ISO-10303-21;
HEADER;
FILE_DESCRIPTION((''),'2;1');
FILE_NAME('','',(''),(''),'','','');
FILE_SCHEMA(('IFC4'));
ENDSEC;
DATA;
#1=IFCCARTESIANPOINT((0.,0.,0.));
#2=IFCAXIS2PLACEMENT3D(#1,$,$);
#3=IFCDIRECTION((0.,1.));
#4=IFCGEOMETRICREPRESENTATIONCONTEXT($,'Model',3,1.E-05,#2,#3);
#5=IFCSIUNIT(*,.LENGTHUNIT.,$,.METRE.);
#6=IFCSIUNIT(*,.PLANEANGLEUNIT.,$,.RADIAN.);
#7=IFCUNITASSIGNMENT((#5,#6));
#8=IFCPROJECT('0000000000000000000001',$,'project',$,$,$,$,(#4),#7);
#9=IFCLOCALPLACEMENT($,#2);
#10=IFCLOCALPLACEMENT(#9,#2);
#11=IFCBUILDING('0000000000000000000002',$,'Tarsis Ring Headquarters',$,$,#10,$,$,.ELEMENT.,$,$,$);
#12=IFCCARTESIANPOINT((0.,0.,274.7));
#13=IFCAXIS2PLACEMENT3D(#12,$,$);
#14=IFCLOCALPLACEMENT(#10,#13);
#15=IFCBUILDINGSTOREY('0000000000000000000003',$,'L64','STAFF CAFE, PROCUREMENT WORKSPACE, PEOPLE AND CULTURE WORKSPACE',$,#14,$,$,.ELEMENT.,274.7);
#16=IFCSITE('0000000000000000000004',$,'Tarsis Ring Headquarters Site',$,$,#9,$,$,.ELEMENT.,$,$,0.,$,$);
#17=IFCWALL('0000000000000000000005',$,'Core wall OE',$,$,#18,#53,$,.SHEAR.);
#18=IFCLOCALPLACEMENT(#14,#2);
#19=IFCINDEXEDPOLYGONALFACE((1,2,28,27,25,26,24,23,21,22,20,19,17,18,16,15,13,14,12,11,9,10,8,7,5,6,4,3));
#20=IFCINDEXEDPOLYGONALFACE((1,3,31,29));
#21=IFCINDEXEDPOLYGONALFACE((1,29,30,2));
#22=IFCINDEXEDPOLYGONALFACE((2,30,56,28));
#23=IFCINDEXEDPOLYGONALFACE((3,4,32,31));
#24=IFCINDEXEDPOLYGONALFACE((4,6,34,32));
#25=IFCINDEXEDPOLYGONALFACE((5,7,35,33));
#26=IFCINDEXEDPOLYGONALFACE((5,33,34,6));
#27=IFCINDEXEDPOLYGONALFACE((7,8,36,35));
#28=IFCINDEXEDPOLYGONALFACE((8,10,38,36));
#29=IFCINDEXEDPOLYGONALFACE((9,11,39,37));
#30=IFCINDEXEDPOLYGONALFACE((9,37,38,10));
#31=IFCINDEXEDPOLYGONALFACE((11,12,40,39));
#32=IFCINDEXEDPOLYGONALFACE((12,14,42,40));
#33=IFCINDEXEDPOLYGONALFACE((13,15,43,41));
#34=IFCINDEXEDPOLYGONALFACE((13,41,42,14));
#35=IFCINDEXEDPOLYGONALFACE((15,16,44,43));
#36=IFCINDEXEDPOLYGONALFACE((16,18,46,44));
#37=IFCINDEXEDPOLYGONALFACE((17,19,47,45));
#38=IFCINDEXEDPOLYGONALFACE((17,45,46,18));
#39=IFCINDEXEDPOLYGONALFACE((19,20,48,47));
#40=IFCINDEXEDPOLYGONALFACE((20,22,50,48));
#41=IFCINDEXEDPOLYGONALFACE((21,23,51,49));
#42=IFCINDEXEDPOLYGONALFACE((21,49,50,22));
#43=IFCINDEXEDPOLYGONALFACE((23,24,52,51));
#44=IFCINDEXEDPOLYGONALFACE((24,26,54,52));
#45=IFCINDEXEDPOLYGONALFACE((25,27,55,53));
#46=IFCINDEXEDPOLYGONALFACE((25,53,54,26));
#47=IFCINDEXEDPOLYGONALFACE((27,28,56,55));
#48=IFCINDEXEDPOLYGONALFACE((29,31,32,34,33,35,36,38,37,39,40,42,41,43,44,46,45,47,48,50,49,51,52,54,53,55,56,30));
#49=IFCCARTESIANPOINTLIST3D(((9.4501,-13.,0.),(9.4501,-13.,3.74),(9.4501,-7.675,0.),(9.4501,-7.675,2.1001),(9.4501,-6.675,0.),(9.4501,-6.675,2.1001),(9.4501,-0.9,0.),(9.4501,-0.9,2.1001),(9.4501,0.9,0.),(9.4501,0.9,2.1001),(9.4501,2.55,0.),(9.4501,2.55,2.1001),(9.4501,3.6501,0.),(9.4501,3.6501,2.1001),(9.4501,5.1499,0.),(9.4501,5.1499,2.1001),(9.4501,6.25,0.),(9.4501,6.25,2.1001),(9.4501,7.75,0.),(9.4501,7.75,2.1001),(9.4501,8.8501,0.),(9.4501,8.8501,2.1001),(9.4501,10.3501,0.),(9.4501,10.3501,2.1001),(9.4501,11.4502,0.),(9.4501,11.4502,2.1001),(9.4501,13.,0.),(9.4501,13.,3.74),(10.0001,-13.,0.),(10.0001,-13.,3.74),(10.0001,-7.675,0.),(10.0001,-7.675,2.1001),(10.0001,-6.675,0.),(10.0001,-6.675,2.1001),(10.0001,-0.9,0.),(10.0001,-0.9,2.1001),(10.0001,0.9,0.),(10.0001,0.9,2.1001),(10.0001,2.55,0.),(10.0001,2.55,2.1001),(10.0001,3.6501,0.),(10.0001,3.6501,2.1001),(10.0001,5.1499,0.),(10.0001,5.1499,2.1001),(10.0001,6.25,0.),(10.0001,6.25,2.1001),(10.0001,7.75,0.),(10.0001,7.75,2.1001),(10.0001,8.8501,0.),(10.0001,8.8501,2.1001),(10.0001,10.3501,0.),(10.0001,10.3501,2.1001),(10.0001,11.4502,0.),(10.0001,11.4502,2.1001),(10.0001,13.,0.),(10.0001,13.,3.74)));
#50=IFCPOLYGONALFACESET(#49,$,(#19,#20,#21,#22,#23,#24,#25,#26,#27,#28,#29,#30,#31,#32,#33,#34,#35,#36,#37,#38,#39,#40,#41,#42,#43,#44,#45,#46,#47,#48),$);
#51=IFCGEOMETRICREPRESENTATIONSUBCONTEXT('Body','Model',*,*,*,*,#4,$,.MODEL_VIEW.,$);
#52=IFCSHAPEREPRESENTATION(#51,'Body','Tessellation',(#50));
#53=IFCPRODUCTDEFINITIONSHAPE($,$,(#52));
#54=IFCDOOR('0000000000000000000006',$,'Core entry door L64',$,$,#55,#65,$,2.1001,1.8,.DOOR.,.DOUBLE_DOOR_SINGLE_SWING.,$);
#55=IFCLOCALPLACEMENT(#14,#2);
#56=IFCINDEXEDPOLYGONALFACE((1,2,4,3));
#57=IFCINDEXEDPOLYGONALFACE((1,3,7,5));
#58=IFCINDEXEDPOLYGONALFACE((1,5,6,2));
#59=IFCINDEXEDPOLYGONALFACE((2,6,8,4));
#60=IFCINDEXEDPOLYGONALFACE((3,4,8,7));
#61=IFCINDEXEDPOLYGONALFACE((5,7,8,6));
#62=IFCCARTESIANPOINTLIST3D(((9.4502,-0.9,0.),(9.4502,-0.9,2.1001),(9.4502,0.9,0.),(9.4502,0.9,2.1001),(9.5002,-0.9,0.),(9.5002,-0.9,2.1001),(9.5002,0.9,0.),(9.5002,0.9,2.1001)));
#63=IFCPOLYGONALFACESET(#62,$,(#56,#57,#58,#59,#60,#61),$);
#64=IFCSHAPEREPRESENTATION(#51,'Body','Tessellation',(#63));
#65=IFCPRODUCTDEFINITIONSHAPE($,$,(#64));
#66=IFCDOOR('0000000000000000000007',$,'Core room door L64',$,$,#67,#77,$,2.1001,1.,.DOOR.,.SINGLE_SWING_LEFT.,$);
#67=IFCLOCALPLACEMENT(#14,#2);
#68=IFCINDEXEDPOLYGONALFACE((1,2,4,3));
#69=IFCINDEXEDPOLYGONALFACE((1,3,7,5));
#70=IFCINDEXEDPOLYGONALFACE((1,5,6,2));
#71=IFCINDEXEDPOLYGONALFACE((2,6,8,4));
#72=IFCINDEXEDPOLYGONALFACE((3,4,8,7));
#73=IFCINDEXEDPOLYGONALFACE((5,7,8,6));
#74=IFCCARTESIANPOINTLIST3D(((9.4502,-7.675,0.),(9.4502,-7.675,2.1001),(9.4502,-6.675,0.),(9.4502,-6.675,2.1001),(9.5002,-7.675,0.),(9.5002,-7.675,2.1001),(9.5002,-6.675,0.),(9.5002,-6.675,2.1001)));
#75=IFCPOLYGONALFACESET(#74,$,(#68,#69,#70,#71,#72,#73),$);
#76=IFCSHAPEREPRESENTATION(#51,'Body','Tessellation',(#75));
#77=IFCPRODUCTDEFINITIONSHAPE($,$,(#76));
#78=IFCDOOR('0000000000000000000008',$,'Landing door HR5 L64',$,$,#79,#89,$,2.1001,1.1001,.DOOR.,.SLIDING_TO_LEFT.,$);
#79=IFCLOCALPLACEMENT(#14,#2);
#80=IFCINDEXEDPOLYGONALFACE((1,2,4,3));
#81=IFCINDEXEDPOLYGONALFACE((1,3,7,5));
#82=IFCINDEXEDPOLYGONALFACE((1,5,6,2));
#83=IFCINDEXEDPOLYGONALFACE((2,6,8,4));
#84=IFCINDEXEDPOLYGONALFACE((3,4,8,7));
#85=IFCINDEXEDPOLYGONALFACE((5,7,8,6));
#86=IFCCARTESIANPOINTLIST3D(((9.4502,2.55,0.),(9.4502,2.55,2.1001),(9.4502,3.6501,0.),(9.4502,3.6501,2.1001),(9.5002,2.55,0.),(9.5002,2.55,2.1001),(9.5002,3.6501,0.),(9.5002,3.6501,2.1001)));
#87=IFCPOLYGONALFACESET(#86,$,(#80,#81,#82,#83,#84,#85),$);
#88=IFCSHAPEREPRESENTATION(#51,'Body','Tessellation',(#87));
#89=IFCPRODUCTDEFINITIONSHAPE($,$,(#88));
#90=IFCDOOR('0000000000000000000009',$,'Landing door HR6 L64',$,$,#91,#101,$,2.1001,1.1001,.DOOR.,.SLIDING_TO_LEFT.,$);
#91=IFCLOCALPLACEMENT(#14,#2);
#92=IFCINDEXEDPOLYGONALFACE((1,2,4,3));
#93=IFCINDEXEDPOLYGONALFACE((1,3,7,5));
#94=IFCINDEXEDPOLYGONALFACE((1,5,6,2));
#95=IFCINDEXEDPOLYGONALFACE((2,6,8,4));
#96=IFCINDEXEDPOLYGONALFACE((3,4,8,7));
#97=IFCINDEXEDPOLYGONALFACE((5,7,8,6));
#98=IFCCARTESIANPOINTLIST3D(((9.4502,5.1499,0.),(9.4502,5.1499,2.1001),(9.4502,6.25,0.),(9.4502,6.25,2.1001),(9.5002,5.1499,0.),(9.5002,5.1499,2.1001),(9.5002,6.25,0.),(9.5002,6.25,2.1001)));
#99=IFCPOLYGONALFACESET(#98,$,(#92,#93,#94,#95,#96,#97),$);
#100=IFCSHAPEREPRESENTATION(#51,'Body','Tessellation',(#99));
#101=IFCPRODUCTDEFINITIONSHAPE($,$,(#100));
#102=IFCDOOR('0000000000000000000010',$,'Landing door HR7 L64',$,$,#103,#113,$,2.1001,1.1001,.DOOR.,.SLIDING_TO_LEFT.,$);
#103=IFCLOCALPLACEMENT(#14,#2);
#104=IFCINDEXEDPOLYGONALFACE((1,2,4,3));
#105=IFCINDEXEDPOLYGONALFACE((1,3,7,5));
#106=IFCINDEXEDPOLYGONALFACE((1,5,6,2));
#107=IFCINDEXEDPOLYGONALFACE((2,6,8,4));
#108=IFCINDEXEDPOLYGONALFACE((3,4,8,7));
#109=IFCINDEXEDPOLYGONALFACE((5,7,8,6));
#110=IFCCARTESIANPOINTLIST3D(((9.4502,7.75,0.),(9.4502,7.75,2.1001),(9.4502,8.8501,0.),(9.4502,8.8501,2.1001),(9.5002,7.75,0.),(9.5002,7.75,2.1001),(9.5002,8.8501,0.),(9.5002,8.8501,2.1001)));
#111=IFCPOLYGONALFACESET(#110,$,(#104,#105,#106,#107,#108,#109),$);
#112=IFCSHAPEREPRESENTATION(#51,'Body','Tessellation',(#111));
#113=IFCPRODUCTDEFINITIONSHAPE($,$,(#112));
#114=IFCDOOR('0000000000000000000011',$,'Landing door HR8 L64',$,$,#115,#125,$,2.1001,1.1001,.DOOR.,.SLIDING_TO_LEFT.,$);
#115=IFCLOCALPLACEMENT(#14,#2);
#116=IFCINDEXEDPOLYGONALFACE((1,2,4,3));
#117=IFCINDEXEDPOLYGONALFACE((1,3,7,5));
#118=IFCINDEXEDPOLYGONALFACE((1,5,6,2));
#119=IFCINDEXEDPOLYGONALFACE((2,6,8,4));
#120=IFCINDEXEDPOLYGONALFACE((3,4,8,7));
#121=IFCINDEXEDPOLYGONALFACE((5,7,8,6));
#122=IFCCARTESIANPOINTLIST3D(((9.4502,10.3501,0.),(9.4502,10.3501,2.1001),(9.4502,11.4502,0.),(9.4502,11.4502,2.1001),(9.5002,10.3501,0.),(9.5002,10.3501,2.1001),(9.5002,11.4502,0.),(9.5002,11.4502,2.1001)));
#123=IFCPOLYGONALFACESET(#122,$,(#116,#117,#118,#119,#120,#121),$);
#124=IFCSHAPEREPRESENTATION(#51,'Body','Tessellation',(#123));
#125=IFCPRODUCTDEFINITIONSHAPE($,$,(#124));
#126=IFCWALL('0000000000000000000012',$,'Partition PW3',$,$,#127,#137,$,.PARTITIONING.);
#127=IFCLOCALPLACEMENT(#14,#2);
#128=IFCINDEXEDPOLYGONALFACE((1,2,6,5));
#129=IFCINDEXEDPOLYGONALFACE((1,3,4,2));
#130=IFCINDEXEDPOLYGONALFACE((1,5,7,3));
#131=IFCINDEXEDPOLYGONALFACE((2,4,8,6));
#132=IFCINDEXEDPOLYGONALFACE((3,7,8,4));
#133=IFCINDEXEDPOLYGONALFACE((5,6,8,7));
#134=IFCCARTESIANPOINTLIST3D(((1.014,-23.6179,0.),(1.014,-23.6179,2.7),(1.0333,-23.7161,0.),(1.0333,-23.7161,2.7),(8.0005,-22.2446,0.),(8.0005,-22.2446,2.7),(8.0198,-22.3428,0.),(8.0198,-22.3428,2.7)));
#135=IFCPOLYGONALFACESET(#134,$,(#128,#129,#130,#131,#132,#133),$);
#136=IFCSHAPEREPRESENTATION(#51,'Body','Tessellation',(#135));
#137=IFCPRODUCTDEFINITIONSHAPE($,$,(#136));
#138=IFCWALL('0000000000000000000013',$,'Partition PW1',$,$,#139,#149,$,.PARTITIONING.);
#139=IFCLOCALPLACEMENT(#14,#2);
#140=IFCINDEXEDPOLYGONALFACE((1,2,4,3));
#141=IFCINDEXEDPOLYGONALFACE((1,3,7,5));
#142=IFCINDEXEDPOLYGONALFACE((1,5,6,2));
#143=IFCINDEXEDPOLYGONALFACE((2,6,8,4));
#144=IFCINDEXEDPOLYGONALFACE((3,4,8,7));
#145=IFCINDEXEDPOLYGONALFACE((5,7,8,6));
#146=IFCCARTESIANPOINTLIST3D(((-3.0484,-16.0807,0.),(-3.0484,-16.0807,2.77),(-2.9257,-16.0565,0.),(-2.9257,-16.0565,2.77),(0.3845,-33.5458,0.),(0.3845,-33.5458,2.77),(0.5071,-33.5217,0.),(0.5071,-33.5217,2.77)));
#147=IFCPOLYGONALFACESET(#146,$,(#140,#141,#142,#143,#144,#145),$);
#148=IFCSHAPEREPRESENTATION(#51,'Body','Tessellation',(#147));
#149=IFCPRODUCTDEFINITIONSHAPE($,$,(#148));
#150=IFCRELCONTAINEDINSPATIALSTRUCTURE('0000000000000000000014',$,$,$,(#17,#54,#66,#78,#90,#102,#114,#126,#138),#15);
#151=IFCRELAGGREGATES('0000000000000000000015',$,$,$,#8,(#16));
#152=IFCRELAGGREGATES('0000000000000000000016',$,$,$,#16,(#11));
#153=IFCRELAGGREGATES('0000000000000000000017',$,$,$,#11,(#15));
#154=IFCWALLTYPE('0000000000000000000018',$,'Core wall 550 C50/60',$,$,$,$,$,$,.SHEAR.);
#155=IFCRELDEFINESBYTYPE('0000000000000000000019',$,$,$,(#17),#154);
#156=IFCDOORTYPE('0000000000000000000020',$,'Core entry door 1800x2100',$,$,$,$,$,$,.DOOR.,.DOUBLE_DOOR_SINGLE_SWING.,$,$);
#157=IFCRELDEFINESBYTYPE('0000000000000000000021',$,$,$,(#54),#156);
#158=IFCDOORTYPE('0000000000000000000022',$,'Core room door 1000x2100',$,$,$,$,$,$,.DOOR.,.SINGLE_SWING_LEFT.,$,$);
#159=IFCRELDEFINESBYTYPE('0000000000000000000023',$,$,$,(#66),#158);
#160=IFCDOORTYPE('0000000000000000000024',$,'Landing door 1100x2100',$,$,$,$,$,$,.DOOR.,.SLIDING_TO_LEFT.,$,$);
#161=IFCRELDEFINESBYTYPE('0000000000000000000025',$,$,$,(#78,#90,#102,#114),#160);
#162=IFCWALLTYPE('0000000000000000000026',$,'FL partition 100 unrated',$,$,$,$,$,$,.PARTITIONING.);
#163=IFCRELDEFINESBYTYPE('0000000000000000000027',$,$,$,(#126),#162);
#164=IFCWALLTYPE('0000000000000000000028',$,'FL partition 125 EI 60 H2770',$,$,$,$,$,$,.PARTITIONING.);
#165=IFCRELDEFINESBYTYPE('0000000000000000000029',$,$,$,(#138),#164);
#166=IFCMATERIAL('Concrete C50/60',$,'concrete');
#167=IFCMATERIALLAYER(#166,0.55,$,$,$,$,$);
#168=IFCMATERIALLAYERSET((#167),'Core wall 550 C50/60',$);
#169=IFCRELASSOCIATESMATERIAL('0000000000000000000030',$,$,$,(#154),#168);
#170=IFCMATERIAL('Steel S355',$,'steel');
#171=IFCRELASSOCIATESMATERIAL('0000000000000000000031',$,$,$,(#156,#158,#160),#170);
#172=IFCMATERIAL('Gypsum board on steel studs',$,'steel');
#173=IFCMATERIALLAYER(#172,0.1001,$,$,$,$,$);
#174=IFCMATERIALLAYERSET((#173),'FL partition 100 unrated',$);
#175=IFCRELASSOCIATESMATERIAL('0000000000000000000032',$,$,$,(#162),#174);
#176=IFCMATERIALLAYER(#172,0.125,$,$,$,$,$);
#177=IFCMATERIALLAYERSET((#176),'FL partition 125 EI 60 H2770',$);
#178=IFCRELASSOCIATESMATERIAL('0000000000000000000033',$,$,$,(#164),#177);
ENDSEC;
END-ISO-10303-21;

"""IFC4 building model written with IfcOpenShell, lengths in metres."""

from ifc_helpers import new_model, si_unit, direction, frame, frame_2d, origin, place, context, subcontext, project, spatial, rectangle, extrude, material, layer, layer_set, type_object, element, fill, save


model = new_model("IFC4")

# Units and contexts
model_context = context("Model", 3, precision=1e-05, world=origin(), true_north=direction((0.0, 1.0)))
body_context = subcontext(model_context, "Body", "Model", "MODEL_VIEW")
ifc_project = project(units=[si_unit("LENGTHUNIT", "METRE"), si_unit("PLANEANGLEUNIT", "RADIAN")], contexts=[model_context])

# Site, building, storey
site_placement = place(None, origin())
site = spatial("IfcSite", under=ifc_project, at=site_placement, Name="Tarsis Ring Headquarters Site", CompositionType="ELEMENT", RefElevation=0.0)
building_placement = place(site_placement, origin())
building = spatial("IfcBuilding", under=site, at=building_placement, Name="Tarsis Ring Headquarters", CompositionType="ELEMENT")
storey_placement = place(building_placement, frame((0.0, 0.0, 274.7)))
storey = spatial("IfcBuildingStorey", under=building, at=storey_placement, Name="L64", Description="STAFF CAFE, PROCUREMENT WORKSPACE, PEOPLE AND CULTURE WORKSPACE", CompositionType="ELEMENT", Elevation=274.7)

# Wall, openings, doors
ifc_material_1 = material(Name="Concrete C50/60", Category="concrete")
ifc_layer_1 = layer(ifc_material_1, 0.55)
ifc_layer_set_1 = layer_set([ifc_layer_1], Name="Core wall 550 C50/60")
wall_type_1 = type_object("IfcWallType", Name="Core wall 550 C50/60", PredefinedType="SHEAR", material=ifc_layer_set_1)
wall_1_placement = place(storey_placement, frame((9.7251, -13.0, 0.0), z_axis=(0.0, 0.0, 1.0), x_axis=(0.0, 1.0, 0.0)))
wall_1 = element("IfcWall", 1, at=wall_1_placement, inside=storey, type_object=wall_type_1, Name="Core wall OE", PredefinedType="SHEAR", context=body_context, shape_type="SweptSolid", body=[
    extrude(rectangle(XDim=26.0, YDim=0.55, at=frame_2d((13.0, 0.0))), origin(), (0.0, 0.0, 1.0), 3.74),
])
opening_1_placement = place(wall_1_placement, frame((5.325, 0.0, 0.0)))
opening_1 = element("IfcOpeningElement", 2, at=opening_1_placement, cuts=wall_1, PredefinedType="OPENING", context=body_context, shape_type="SweptSolid", body=[
    extrude(rectangle(XDim=1.0, YDim=2.1001, at=frame_2d((0.5, 1.05))), frame((0.0, 0.2849, 0.0), z_axis=(0.0, -1.0, 0.0), x_axis=(1.0, 0.0, 0.0)), (0.0, 0.0, 1.0), 0.5701),
])
opening_2_placement = place(wall_1_placement, frame((12.1001, 0.0, 0.0)))
opening_2 = element("IfcOpeningElement", 3, at=opening_2_placement, cuts=wall_1, PredefinedType="OPENING", context=body_context, shape_type="SweptSolid", body=[
    extrude(rectangle(XDim=1.8, YDim=2.1001, at=frame_2d((0.8999, 1.05))), frame((0.0, 0.2849, 0.0), z_axis=(0.0, -1.0, 0.0), x_axis=(1.0, 0.0, 0.0)), (0.0, 0.0, 1.0), 0.5701),
])
opening_3_placement = place(wall_1_placement, frame((15.55, 0.0, 0.0)))
opening_3 = element("IfcOpeningElement", 4, at=opening_3_placement, cuts=wall_1, PredefinedType="OPENING", context=body_context, shape_type="SweptSolid", body=[
    extrude(rectangle(XDim=1.1001, YDim=2.1001, at=frame_2d((0.55, 1.05))), frame((0.0, 0.2849, 0.0), z_axis=(0.0, -1.0, 0.0), x_axis=(1.0, 0.0, 0.0)), (0.0, 0.0, 1.0), 0.5701),
])
opening_4_placement = place(wall_1_placement, frame((18.1499, 0.0, 0.0)))
opening_4 = element("IfcOpeningElement", 5, at=opening_4_placement, cuts=wall_1, PredefinedType="OPENING", context=body_context, shape_type="SweptSolid", body=[
    extrude(rectangle(XDim=1.1001, YDim=2.1001, at=frame_2d((0.55, 1.05))), frame((0.0, 0.2849, 0.0), z_axis=(0.0, -1.0, 0.0), x_axis=(1.0, 0.0, 0.0)), (0.0, 0.0, 1.0), 0.5701),
])
opening_5_placement = place(wall_1_placement, frame((20.75, 0.0, 0.0)))
opening_5 = element("IfcOpeningElement", 6, at=opening_5_placement, cuts=wall_1, PredefinedType="OPENING", context=body_context, shape_type="SweptSolid", body=[
    extrude(rectangle(XDim=1.1001, YDim=2.1001, at=frame_2d((0.55, 1.05))), frame((0.0, 0.2849, 0.0), z_axis=(0.0, -1.0, 0.0), x_axis=(1.0, 0.0, 0.0)), (0.0, 0.0, 1.0), 0.5701),
])
opening_6_placement = place(wall_1_placement, frame((23.3501, 0.0, 0.0)))
opening_6 = element("IfcOpeningElement", 7, at=opening_6_placement, cuts=wall_1, PredefinedType="OPENING", context=body_context, shape_type="SweptSolid", body=[
    extrude(rectangle(XDim=1.1001, YDim=2.1001, at=frame_2d((0.55, 1.05))), frame((0.0, 0.2849, 0.0), z_axis=(0.0, -1.0, 0.0), x_axis=(1.0, 0.0, 0.0)), (0.0, 0.0, 1.0), 0.5701),
])
ifc_material_2 = material(Name="Steel S355", Category="steel")
door_type_1 = type_object("IfcDoorType", Name="Core entry door 1800x2100", OperationType="DOUBLE_DOOR_SINGLE_SWING", PredefinedType="DOOR", material=ifc_material_2)
door_1_placement = place(opening_2_placement, origin())
door_1 = element("IfcDoor", 8, at=door_1_placement, inside=storey, type_object=door_type_1, Name="Core entry door L64", OperationType="DOUBLE_DOOR_SINGLE_SWING", OverallHeight=2.1001, OverallWidth=1.8, PredefinedType="DOOR", context=body_context, shape_type="SweptSolid", body=[
    extrude(rectangle(XDim=1.8, YDim=2.1001, at=frame_2d((0.8999, 1.05))), frame((0.0, 0.2749, 0.0), z_axis=(0.0, -1.0, 0.0), x_axis=(1.0, 0.0, 0.0)), (0.0, 0.0, 1.0), 0.05),
])
fill(opening_2, door_1)
door_type_2 = type_object("IfcDoorType", Name="Core room door 1000x2100", OperationType="SINGLE_SWING_LEFT", PredefinedType="DOOR", material=ifc_material_2)
door_2_placement = place(opening_1_placement, origin())
door_2 = element("IfcDoor", 9, at=door_2_placement, inside=storey, type_object=door_type_2, Name="Core room door L64", OperationType="SINGLE_SWING_LEFT", OverallHeight=2.1001, OverallWidth=1.0, PredefinedType="DOOR", context=body_context, shape_type="SweptSolid", body=[
    extrude(rectangle(XDim=1.0, YDim=2.1001, at=frame_2d((0.5, 1.05))), frame((0.0, 0.2749, 0.0), z_axis=(0.0, -1.0, 0.0), x_axis=(1.0, 0.0, 0.0)), (0.0, 0.0, 1.0), 0.05),
])
fill(opening_1, door_2)
door_type_3 = type_object("IfcDoorType", Name="Landing door 1100x2100", OperationType="SLIDING_TO_LEFT", PredefinedType="DOOR", material=ifc_material_2)
door_3_placement = place(opening_3_placement, origin())
door_3 = element("IfcDoor", 10, at=door_3_placement, inside=storey, type_object=door_type_3, Name="Landing door HR5 L64", OperationType="SLIDING_TO_LEFT", OverallHeight=2.1001, OverallWidth=1.1001, PredefinedType="DOOR", context=body_context, shape_type="SweptSolid", body=[
    extrude(rectangle(XDim=1.1001, YDim=2.1001, at=frame_2d((0.55, 1.05))), frame((0.0, 0.2749, 0.0), z_axis=(0.0, -1.0, 0.0), x_axis=(1.0, 0.0, 0.0)), (0.0, 0.0, 1.0), 0.05),
])
fill(opening_3, door_3)
door_4_placement = place(opening_4_placement, origin())
door_4 = element("IfcDoor", 11, at=door_4_placement, inside=storey, type_object=door_type_3, Name="Landing door HR6 L64", OperationType="SLIDING_TO_LEFT", OverallHeight=2.1001, OverallWidth=1.1001, PredefinedType="DOOR", context=body_context, shape_type="SweptSolid", body=[
    extrude(rectangle(XDim=1.1001, YDim=2.1001, at=frame_2d((0.55, 1.05))), frame((0.0, 0.2749, 0.0), z_axis=(0.0, -1.0, 0.0), x_axis=(1.0, 0.0, 0.0)), (0.0, 0.0, 1.0), 0.05),
])
fill(opening_4, door_4)
door_5_placement = place(opening_5_placement, origin())
door_5 = element("IfcDoor", 12, at=door_5_placement, inside=storey, type_object=door_type_3, Name="Landing door HR7 L64", OperationType="SLIDING_TO_LEFT", OverallHeight=2.1001, OverallWidth=1.1001, PredefinedType="DOOR", context=body_context, shape_type="SweptSolid", body=[
    extrude(rectangle(XDim=1.1001, YDim=2.1001, at=frame_2d((0.55, 1.05))), frame((0.0, 0.2749, 0.0), z_axis=(0.0, -1.0, 0.0), x_axis=(1.0, 0.0, 0.0)), (0.0, 0.0, 1.0), 0.05),
])
fill(opening_5, door_5)
door_6_placement = place(opening_6_placement, origin())
door_6 = element("IfcDoor", 13, at=door_6_placement, inside=storey, type_object=door_type_3, Name="Landing door HR8 L64", OperationType="SLIDING_TO_LEFT", OverallHeight=2.1001, OverallWidth=1.1001, PredefinedType="DOOR", context=body_context, shape_type="SweptSolid", body=[
    extrude(rectangle(XDim=1.1001, YDim=2.1001, at=frame_2d((0.55, 1.05))), frame((0.0, 0.2749, 0.0), z_axis=(0.0, -1.0, 0.0), x_axis=(1.0, 0.0, 0.0)), (0.0, 0.0, 1.0), 0.05),
])
fill(opening_6, door_6)

# Walls
ifc_material_3 = material(Name="Gypsum board on steel studs", Category="steel")
ifc_layer_2 = layer(ifc_material_3, 0.1001)
ifc_layer_set_2 = layer_set([ifc_layer_2], Name="FL partition 100 unrated")
wall_type_2 = type_object("IfcWallType", Name="FL partition 100 unrated", PredefinedType="PARTITIONING", material=ifc_layer_set_2)
wall_2_placement = place(storey_placement, frame((1.0237, -23.667, 0.0), z_axis=(0.0, 0.0, 1.0), x_axis=(0.981223, 0.192877, 0.0)))
element("IfcWall", 14, at=wall_2_placement, inside=storey, type_object=wall_type_2, Name="Partition PW3", PredefinedType="PARTITIONING", context=body_context, shape_type="SweptSolid", body=[
    extrude(rectangle(XDim=7.1201, YDim=0.1001, at=frame_2d((3.5601, 0.0))), origin(), (0.0, 0.0, 1.0), 2.7),
])
ifc_layer_3 = layer(ifc_material_3, 0.125)
ifc_layer_set_3 = layer_set([ifc_layer_3], Name="FL partition 125 EI 60 H2770")
wall_type_3 = type_object("IfcWallType", Name="FL partition 125 EI 60 H2770", PredefinedType="PARTITIONING", material=ifc_layer_set_3)
wall_3_placement = place(storey_placement, frame((-2.9871, -16.0686, 0.0), z_axis=(0.0, 0.0, 1.0), x_axis=(0.192865, -0.981225, 0.0)))
element("IfcWall", 15, at=wall_3_placement, inside=storey, type_object=wall_type_3, Name="Partition PW1", PredefinedType="PARTITIONING", context=body_context, shape_type="SweptSolid", body=[
    extrude(rectangle(XDim=17.7993, YDim=0.125, at=frame_2d((8.8997, 0.0))), origin(), (0.0, 0.0, 1.0), 2.77),
])

save(model, "model.ifc")
